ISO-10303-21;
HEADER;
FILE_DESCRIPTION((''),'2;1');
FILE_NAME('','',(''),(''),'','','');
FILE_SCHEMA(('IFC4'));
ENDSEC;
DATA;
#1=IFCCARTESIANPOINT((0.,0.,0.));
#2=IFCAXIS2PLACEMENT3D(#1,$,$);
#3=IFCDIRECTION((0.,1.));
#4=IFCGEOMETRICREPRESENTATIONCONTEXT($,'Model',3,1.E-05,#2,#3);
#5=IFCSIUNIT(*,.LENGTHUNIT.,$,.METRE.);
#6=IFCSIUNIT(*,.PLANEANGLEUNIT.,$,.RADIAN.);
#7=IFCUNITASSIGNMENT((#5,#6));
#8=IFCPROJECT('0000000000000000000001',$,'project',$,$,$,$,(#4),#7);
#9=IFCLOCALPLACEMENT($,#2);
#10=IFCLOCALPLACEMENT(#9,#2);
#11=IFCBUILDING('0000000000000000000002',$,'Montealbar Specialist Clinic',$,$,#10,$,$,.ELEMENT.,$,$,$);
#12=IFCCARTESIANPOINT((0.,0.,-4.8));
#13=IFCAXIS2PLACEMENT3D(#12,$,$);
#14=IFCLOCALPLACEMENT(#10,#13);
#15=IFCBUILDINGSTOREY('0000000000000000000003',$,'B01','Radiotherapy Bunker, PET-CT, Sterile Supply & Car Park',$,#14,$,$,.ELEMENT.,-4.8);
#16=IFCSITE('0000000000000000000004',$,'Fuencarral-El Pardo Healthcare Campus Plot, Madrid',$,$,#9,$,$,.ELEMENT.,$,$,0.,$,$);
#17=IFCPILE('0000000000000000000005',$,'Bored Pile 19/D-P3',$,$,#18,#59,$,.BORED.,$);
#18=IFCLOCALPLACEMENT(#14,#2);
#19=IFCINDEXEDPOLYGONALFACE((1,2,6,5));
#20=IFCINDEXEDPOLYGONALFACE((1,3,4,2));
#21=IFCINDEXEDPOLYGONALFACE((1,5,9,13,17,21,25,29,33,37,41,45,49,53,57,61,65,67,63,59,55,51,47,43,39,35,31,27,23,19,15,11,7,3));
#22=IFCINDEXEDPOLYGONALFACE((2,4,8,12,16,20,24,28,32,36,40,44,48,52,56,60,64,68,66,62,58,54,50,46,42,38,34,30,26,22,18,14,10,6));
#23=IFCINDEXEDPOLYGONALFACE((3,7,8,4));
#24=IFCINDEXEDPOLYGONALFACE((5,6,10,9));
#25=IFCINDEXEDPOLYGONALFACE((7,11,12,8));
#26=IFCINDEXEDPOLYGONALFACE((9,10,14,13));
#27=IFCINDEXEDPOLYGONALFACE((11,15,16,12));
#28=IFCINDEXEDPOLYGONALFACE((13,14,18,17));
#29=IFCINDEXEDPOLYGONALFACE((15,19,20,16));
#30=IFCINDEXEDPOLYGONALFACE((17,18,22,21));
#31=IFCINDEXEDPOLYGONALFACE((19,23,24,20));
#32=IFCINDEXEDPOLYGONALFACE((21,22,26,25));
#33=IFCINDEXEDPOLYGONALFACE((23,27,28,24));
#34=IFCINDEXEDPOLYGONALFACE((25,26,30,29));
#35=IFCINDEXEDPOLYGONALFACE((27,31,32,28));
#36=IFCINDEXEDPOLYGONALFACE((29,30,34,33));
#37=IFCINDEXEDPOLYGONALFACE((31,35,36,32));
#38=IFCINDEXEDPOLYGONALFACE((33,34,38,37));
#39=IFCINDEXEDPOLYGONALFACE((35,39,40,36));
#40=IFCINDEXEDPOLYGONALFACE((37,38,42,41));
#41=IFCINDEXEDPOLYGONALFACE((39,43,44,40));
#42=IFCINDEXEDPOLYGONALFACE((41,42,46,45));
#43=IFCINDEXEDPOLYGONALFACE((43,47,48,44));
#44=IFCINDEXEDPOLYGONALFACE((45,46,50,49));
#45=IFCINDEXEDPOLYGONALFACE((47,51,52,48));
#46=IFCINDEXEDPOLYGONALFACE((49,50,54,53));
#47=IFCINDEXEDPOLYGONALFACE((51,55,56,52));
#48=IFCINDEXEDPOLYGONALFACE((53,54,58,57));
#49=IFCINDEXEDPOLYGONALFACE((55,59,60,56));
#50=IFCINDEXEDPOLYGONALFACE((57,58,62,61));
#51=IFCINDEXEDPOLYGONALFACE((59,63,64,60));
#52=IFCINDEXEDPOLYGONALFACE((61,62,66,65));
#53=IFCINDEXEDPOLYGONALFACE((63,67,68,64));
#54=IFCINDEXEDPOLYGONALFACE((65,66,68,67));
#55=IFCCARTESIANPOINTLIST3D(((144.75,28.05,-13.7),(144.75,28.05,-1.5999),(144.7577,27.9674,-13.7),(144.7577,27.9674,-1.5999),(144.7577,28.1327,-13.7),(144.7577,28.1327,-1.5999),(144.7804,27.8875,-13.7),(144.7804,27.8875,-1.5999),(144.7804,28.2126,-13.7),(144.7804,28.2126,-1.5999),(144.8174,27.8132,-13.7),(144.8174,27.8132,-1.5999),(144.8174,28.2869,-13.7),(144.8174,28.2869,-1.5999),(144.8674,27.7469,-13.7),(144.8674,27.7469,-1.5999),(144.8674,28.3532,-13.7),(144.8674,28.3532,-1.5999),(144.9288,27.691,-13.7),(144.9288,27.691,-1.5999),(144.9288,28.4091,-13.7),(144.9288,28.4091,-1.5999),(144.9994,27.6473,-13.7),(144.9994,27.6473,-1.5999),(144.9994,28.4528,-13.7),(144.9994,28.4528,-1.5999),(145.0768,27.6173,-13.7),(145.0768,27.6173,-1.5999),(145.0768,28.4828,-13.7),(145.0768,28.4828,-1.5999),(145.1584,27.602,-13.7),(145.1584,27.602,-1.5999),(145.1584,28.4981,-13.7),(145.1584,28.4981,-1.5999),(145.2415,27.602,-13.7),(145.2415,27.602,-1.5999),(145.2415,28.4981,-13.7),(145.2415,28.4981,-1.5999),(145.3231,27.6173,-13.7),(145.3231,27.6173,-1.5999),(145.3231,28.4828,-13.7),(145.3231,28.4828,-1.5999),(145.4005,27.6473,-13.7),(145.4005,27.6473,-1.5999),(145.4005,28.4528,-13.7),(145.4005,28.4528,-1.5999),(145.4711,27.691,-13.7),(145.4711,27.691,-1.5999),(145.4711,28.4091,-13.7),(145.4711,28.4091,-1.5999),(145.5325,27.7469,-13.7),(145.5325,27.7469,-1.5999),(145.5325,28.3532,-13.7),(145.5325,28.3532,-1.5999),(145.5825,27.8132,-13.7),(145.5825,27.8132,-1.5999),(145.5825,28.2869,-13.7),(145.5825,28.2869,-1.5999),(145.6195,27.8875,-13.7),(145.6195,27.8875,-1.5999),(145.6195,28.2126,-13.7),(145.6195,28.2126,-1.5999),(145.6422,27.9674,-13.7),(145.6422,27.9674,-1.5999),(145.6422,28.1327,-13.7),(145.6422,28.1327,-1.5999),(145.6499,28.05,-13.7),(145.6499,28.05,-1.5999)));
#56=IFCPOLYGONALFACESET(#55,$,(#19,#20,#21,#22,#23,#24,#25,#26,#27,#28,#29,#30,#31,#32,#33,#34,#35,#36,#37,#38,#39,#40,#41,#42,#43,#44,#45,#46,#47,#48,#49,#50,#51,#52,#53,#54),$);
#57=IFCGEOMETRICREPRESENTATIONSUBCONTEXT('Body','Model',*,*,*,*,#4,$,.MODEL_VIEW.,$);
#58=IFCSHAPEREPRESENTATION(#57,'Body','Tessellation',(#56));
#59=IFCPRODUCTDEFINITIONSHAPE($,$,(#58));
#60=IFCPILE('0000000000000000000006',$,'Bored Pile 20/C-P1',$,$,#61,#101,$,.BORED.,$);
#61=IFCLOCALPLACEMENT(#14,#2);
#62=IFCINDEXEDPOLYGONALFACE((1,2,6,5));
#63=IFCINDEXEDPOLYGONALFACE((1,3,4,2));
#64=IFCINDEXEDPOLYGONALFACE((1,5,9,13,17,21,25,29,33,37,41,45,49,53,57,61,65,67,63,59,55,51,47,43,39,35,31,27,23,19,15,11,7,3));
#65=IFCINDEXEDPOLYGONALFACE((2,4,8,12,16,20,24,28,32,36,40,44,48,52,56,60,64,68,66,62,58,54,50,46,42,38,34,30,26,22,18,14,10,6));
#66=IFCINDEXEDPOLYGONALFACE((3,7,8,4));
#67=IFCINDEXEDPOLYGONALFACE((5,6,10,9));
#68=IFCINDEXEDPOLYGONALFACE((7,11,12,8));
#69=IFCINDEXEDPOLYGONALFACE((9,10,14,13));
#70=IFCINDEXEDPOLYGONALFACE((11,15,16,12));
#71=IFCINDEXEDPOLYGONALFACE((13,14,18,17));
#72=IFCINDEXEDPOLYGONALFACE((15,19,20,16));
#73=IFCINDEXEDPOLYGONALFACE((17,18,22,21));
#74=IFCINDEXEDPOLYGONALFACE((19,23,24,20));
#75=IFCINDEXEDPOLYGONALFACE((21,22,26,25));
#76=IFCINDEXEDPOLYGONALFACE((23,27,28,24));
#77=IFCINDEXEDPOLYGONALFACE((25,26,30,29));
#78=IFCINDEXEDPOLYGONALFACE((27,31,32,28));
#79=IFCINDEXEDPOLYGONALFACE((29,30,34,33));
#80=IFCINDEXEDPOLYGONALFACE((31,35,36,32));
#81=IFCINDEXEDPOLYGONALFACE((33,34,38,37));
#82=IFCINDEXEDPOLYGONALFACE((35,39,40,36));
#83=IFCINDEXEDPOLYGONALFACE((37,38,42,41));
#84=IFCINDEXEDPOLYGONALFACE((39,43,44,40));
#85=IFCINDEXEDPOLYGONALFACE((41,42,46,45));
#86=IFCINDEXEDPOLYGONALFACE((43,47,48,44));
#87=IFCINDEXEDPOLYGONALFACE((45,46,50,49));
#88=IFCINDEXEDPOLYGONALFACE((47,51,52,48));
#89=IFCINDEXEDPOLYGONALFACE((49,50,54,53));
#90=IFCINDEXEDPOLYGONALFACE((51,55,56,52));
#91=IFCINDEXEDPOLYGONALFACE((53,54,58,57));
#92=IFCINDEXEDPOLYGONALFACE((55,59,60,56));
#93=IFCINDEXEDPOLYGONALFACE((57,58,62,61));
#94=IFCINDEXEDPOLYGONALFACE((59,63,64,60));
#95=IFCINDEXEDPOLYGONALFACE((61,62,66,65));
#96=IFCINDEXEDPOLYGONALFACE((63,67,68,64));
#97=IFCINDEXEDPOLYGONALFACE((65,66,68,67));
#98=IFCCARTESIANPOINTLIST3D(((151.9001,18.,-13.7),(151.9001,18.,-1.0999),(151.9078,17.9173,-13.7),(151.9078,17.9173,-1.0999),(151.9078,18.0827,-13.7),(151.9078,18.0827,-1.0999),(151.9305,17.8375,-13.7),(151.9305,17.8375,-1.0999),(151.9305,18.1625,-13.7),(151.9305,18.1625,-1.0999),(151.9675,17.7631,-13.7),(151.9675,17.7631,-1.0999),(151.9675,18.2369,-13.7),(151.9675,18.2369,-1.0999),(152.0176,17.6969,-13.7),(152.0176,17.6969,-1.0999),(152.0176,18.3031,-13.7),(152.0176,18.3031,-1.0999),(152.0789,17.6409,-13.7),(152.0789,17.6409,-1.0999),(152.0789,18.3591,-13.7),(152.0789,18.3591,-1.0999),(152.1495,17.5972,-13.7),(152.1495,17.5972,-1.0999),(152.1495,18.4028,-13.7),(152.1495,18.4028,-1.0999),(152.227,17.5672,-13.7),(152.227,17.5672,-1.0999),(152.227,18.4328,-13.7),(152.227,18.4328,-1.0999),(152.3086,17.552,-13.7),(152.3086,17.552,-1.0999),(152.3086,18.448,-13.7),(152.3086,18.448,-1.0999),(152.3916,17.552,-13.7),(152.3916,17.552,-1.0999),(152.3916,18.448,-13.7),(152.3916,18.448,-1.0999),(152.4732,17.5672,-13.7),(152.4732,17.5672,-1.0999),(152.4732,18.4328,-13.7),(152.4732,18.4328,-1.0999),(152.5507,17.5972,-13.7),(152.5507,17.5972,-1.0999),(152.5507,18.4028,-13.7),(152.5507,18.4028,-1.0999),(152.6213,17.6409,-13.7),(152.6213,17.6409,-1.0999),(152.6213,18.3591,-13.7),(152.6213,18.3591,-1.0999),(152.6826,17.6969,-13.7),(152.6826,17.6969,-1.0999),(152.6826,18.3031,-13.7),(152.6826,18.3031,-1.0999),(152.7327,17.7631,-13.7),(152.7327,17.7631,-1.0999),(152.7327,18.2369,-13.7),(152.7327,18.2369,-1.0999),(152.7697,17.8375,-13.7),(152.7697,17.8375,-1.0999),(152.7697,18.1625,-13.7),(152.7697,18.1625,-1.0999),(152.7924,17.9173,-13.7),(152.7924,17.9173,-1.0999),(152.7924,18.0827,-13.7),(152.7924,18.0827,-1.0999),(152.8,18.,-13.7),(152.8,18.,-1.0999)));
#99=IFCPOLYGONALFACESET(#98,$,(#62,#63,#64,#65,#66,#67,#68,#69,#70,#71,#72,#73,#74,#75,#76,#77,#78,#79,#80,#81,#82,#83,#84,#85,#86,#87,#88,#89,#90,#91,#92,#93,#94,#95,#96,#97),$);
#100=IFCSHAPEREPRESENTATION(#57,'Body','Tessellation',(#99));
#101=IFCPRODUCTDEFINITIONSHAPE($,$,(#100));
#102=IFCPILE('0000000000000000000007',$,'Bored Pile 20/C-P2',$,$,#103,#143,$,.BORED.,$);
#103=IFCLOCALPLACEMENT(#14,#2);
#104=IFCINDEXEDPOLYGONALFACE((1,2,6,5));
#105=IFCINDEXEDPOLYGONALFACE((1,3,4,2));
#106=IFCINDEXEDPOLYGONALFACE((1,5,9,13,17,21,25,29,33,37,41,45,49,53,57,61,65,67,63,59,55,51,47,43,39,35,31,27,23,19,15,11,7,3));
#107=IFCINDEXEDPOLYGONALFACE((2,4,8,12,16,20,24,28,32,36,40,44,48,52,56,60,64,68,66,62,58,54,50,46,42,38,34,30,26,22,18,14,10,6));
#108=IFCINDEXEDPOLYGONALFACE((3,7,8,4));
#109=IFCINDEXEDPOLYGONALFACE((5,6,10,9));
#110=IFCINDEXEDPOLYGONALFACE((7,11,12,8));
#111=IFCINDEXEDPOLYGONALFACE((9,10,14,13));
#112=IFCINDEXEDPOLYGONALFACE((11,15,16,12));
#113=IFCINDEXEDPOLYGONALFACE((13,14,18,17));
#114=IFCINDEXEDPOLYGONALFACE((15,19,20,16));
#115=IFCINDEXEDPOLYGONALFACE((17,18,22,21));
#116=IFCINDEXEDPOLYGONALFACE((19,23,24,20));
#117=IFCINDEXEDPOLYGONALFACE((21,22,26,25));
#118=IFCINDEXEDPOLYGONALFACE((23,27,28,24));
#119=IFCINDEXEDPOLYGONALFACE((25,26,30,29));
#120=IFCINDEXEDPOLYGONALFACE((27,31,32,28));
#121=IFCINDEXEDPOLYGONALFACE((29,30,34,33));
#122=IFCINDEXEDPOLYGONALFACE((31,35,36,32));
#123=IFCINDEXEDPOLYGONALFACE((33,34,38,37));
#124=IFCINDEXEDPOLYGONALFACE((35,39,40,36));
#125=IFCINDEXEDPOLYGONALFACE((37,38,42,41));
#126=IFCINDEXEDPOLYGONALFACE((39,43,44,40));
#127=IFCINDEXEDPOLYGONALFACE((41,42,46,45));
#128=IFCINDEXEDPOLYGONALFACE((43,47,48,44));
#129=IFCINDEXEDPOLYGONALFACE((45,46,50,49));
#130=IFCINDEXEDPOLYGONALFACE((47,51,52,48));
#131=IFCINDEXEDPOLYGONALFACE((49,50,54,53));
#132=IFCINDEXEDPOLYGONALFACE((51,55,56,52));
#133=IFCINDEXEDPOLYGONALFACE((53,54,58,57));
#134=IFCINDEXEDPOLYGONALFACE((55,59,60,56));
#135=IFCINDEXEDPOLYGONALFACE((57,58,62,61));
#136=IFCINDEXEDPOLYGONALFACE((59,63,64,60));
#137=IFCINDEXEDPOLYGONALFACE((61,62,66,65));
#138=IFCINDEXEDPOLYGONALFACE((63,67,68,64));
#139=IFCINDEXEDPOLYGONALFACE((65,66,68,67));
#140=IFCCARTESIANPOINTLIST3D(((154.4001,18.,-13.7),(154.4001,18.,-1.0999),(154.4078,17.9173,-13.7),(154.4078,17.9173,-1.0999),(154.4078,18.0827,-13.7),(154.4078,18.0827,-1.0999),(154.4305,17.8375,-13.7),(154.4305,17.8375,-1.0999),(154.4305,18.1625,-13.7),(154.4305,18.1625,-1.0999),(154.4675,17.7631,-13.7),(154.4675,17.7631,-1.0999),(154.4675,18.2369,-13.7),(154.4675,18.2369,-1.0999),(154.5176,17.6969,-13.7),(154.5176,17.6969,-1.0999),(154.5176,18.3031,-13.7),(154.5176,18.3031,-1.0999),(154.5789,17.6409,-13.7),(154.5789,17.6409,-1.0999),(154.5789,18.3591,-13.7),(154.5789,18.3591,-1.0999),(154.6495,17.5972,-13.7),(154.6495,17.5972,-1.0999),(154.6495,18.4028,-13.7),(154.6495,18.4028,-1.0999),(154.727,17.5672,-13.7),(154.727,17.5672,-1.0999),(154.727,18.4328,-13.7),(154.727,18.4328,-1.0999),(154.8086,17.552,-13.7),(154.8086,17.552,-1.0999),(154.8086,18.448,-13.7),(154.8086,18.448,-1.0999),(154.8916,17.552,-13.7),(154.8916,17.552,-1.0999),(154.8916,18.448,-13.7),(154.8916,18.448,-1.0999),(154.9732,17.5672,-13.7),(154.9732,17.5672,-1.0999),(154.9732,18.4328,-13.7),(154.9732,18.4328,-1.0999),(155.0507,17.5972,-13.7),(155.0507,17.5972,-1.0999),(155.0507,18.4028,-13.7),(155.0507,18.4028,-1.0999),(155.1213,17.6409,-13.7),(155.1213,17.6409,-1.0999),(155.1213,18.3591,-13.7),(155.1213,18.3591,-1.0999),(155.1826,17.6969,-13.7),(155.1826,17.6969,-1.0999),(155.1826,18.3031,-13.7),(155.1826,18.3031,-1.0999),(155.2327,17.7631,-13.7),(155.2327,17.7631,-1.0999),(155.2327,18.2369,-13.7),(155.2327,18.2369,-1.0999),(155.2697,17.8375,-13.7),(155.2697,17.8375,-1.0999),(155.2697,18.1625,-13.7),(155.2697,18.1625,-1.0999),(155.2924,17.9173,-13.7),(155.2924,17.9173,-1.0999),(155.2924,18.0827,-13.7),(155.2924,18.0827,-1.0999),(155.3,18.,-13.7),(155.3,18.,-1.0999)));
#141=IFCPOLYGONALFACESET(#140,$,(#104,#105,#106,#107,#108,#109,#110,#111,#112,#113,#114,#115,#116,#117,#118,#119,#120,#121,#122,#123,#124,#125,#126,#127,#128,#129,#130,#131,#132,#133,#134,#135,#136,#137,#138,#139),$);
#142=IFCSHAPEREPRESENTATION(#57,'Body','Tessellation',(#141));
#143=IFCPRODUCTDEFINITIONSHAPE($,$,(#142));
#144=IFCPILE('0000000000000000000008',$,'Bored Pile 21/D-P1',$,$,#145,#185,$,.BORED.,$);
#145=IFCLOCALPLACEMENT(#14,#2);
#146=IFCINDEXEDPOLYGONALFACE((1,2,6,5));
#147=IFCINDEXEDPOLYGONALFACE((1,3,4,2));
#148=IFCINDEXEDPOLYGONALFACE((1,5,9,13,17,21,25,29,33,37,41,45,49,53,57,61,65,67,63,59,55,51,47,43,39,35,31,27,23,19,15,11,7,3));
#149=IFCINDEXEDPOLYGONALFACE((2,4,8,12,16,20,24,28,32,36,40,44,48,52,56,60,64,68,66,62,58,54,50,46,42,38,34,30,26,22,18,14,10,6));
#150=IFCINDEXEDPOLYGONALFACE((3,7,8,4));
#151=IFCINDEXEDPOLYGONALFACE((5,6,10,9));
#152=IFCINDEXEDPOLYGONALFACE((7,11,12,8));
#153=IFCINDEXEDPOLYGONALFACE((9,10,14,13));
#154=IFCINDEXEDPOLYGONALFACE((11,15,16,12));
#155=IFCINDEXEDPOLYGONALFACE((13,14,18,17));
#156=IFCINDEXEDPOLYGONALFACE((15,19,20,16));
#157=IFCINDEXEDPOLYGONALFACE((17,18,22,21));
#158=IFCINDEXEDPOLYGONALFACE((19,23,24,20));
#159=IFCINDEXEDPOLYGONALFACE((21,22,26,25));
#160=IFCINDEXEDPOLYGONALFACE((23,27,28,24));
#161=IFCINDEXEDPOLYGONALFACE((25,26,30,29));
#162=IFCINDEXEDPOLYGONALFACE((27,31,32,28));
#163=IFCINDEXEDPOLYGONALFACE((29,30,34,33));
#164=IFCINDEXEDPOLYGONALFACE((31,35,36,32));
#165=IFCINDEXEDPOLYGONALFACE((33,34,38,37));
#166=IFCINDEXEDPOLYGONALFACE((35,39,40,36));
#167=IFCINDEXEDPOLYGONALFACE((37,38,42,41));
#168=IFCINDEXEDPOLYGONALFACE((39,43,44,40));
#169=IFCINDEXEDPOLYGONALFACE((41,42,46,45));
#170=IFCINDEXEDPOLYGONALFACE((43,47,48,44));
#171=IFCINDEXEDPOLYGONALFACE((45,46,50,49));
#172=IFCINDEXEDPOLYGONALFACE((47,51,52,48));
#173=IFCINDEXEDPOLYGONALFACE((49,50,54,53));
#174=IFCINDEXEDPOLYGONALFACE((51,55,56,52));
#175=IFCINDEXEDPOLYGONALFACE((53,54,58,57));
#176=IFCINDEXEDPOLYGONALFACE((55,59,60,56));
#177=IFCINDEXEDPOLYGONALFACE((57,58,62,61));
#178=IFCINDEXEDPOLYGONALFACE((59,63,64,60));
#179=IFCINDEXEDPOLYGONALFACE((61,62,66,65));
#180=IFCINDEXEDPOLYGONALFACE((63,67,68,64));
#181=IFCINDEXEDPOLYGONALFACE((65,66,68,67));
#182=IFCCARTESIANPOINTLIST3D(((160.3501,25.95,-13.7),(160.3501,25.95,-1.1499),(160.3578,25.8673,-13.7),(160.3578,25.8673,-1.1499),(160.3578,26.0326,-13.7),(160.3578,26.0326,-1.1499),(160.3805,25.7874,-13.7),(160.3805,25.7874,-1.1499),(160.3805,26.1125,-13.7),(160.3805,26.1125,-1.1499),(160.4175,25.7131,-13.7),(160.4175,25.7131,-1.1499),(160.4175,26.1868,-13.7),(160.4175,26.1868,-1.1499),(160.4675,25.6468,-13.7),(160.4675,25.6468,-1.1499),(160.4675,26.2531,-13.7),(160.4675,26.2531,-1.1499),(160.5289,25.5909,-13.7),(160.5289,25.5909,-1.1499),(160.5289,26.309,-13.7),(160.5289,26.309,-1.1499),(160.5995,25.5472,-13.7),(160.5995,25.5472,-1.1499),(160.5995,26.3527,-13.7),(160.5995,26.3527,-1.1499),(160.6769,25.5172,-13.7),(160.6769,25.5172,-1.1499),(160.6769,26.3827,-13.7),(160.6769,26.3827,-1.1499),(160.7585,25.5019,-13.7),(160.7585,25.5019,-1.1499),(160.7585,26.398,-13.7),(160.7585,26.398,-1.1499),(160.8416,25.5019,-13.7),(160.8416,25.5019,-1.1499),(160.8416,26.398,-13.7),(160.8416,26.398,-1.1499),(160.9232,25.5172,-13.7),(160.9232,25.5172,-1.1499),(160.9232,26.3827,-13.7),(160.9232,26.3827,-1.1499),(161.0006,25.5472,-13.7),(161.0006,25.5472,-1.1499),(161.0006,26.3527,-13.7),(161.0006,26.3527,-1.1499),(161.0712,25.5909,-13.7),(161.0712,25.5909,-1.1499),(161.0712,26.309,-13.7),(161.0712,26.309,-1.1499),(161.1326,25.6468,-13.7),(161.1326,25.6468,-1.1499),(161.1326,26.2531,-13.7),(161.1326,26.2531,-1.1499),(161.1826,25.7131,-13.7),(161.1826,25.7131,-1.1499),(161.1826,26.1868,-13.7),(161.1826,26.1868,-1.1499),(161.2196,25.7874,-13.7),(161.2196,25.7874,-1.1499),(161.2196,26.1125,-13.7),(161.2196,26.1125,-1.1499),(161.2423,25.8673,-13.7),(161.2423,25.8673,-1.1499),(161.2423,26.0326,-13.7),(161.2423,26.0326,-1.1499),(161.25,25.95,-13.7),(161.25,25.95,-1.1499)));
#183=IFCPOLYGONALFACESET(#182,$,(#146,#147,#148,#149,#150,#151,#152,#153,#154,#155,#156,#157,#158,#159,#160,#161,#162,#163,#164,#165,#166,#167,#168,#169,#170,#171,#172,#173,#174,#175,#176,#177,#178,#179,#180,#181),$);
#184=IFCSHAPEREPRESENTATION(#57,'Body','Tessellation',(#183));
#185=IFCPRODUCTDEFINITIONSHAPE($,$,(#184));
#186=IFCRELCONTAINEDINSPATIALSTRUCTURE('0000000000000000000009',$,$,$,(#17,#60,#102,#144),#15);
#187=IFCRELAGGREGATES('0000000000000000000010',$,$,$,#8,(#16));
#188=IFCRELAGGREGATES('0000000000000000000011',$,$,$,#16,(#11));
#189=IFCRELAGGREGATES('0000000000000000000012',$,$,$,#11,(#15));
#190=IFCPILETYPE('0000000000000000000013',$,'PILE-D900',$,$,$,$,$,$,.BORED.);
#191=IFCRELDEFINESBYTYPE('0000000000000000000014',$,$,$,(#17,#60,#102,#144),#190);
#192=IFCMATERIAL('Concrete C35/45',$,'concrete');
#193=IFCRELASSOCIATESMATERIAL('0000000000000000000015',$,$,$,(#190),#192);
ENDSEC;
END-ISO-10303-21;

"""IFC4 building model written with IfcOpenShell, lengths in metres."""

from ifc_helpers import new_model, si_unit, direction, frame, origin, origin_2d, place, context, subcontext, project, spatial, circle, extrude, material, material_profile, profile_set, type_object, element, save


model = new_model("IFC4")

# Units and contexts
model_context = context("Model", 3, precision=1e-05, world=origin(), true_north=direction((0.0, 1.0)))
body_context = subcontext(model_context, "Body", "Model", "MODEL_VIEW")
ifc_project = project(units=[si_unit("LENGTHUNIT", "METRE"), si_unit("PLANEANGLEUNIT", "RADIAN")], contexts=[model_context])

# Site, building, storey
site_placement = place(None, origin())
site = spatial("IfcSite", under=ifc_project, at=site_placement, Name="Fuencarral-El Pardo Healthcare Campus Plot, Madrid", CompositionType="ELEMENT", RefElevation=0.0)
building_placement = place(site_placement, origin())
building = spatial("IfcBuilding", under=site, at=building_placement, Name="Montealbar Specialist Clinic", CompositionType="ELEMENT")
storey_placement = place(building_placement, frame((0.0, 0.0, -4.8)))
storey = spatial("IfcBuildingStorey", under=building, at=storey_placement, Name="B01", Description="Radiotherapy Bunker, PET-CT, Sterile Supply & Car Park", CompositionType="ELEMENT", Elevation=-4.8)

# Shared definitions
ifc_material_1 = material(Name="Concrete C35/45", Category="concrete")

# Piles
ifc_material_profile_1 = material_profile(ifc_material_1, circle(Radius=0.45, at=origin_2d()), Name="PILE D900", Category="concrete")
ifc_profile_set_1 = profile_set([ifc_material_profile_1], Name="Concrete C35/45")
pile_type_1 = type_object("IfcPileType", Name="PILE-D900", PredefinedType="BORED", material=ifc_profile_set_1)
for number, where, z_axis, x_axis, name in (
    (1, (145.2, 28.05, -1.5999), (0.0, 0.0, -1.0), (1.0, 0.0, 0.0), "Bored Pile 19/D-P3"),
):
    element("IfcPile", number, at=place(storey_placement, frame(where, z_axis=z_axis, x_axis=x_axis)), inside=storey, type_object=pile_type_1, Name=name, PredefinedType="BORED", context=body_context, shape_type="SweptSolid", body=[
        extrude(circle(Radius=0.45, at=origin_2d()), origin(), (0.0, 0.0, 1.0), 12.1001),
    ])
for number, where, z_axis, x_axis, name in (
    (2, (152.3501, 18.0, -1.0999), (0.0, 0.0, -1.0), (1.0, 0.0, 0.0), "Bored Pile 20/C-P1"),
    (3, (154.8501, 18.0, -1.0999), (0.0, 0.0, -1.0), (1.0, 0.0, 0.0), "Bored Pile 20/C-P2"),
):
    element("IfcPile", number, at=place(storey_placement, frame(where, z_axis=z_axis, x_axis=x_axis)), inside=storey, type_object=pile_type_1, Name=name, PredefinedType="BORED", context=body_context, shape_type="SweptSolid", body=[
        extrude(circle(Radius=0.45, at=origin_2d()), origin(), (0.0, 0.0, 1.0), 12.6001),
    ])
for number, where, z_axis, x_axis, name in (
    (4, (160.8, 25.95, -1.1499), (0.0, 0.0, -1.0), (1.0, 0.0, 0.0), "Bored Pile 21/D-P1"),
):
    element("IfcPile", number, at=place(storey_placement, frame(where, z_axis=z_axis, x_axis=x_axis)), inside=storey, type_object=pile_type_1, Name=name, PredefinedType="BORED", context=body_context, shape_type="SweptSolid", body=[
        extrude(circle(Radius=0.45, at=origin_2d()), origin(), (0.0, 0.0, 1.0), 12.55),
    ])

save(model, "model.ifc")
